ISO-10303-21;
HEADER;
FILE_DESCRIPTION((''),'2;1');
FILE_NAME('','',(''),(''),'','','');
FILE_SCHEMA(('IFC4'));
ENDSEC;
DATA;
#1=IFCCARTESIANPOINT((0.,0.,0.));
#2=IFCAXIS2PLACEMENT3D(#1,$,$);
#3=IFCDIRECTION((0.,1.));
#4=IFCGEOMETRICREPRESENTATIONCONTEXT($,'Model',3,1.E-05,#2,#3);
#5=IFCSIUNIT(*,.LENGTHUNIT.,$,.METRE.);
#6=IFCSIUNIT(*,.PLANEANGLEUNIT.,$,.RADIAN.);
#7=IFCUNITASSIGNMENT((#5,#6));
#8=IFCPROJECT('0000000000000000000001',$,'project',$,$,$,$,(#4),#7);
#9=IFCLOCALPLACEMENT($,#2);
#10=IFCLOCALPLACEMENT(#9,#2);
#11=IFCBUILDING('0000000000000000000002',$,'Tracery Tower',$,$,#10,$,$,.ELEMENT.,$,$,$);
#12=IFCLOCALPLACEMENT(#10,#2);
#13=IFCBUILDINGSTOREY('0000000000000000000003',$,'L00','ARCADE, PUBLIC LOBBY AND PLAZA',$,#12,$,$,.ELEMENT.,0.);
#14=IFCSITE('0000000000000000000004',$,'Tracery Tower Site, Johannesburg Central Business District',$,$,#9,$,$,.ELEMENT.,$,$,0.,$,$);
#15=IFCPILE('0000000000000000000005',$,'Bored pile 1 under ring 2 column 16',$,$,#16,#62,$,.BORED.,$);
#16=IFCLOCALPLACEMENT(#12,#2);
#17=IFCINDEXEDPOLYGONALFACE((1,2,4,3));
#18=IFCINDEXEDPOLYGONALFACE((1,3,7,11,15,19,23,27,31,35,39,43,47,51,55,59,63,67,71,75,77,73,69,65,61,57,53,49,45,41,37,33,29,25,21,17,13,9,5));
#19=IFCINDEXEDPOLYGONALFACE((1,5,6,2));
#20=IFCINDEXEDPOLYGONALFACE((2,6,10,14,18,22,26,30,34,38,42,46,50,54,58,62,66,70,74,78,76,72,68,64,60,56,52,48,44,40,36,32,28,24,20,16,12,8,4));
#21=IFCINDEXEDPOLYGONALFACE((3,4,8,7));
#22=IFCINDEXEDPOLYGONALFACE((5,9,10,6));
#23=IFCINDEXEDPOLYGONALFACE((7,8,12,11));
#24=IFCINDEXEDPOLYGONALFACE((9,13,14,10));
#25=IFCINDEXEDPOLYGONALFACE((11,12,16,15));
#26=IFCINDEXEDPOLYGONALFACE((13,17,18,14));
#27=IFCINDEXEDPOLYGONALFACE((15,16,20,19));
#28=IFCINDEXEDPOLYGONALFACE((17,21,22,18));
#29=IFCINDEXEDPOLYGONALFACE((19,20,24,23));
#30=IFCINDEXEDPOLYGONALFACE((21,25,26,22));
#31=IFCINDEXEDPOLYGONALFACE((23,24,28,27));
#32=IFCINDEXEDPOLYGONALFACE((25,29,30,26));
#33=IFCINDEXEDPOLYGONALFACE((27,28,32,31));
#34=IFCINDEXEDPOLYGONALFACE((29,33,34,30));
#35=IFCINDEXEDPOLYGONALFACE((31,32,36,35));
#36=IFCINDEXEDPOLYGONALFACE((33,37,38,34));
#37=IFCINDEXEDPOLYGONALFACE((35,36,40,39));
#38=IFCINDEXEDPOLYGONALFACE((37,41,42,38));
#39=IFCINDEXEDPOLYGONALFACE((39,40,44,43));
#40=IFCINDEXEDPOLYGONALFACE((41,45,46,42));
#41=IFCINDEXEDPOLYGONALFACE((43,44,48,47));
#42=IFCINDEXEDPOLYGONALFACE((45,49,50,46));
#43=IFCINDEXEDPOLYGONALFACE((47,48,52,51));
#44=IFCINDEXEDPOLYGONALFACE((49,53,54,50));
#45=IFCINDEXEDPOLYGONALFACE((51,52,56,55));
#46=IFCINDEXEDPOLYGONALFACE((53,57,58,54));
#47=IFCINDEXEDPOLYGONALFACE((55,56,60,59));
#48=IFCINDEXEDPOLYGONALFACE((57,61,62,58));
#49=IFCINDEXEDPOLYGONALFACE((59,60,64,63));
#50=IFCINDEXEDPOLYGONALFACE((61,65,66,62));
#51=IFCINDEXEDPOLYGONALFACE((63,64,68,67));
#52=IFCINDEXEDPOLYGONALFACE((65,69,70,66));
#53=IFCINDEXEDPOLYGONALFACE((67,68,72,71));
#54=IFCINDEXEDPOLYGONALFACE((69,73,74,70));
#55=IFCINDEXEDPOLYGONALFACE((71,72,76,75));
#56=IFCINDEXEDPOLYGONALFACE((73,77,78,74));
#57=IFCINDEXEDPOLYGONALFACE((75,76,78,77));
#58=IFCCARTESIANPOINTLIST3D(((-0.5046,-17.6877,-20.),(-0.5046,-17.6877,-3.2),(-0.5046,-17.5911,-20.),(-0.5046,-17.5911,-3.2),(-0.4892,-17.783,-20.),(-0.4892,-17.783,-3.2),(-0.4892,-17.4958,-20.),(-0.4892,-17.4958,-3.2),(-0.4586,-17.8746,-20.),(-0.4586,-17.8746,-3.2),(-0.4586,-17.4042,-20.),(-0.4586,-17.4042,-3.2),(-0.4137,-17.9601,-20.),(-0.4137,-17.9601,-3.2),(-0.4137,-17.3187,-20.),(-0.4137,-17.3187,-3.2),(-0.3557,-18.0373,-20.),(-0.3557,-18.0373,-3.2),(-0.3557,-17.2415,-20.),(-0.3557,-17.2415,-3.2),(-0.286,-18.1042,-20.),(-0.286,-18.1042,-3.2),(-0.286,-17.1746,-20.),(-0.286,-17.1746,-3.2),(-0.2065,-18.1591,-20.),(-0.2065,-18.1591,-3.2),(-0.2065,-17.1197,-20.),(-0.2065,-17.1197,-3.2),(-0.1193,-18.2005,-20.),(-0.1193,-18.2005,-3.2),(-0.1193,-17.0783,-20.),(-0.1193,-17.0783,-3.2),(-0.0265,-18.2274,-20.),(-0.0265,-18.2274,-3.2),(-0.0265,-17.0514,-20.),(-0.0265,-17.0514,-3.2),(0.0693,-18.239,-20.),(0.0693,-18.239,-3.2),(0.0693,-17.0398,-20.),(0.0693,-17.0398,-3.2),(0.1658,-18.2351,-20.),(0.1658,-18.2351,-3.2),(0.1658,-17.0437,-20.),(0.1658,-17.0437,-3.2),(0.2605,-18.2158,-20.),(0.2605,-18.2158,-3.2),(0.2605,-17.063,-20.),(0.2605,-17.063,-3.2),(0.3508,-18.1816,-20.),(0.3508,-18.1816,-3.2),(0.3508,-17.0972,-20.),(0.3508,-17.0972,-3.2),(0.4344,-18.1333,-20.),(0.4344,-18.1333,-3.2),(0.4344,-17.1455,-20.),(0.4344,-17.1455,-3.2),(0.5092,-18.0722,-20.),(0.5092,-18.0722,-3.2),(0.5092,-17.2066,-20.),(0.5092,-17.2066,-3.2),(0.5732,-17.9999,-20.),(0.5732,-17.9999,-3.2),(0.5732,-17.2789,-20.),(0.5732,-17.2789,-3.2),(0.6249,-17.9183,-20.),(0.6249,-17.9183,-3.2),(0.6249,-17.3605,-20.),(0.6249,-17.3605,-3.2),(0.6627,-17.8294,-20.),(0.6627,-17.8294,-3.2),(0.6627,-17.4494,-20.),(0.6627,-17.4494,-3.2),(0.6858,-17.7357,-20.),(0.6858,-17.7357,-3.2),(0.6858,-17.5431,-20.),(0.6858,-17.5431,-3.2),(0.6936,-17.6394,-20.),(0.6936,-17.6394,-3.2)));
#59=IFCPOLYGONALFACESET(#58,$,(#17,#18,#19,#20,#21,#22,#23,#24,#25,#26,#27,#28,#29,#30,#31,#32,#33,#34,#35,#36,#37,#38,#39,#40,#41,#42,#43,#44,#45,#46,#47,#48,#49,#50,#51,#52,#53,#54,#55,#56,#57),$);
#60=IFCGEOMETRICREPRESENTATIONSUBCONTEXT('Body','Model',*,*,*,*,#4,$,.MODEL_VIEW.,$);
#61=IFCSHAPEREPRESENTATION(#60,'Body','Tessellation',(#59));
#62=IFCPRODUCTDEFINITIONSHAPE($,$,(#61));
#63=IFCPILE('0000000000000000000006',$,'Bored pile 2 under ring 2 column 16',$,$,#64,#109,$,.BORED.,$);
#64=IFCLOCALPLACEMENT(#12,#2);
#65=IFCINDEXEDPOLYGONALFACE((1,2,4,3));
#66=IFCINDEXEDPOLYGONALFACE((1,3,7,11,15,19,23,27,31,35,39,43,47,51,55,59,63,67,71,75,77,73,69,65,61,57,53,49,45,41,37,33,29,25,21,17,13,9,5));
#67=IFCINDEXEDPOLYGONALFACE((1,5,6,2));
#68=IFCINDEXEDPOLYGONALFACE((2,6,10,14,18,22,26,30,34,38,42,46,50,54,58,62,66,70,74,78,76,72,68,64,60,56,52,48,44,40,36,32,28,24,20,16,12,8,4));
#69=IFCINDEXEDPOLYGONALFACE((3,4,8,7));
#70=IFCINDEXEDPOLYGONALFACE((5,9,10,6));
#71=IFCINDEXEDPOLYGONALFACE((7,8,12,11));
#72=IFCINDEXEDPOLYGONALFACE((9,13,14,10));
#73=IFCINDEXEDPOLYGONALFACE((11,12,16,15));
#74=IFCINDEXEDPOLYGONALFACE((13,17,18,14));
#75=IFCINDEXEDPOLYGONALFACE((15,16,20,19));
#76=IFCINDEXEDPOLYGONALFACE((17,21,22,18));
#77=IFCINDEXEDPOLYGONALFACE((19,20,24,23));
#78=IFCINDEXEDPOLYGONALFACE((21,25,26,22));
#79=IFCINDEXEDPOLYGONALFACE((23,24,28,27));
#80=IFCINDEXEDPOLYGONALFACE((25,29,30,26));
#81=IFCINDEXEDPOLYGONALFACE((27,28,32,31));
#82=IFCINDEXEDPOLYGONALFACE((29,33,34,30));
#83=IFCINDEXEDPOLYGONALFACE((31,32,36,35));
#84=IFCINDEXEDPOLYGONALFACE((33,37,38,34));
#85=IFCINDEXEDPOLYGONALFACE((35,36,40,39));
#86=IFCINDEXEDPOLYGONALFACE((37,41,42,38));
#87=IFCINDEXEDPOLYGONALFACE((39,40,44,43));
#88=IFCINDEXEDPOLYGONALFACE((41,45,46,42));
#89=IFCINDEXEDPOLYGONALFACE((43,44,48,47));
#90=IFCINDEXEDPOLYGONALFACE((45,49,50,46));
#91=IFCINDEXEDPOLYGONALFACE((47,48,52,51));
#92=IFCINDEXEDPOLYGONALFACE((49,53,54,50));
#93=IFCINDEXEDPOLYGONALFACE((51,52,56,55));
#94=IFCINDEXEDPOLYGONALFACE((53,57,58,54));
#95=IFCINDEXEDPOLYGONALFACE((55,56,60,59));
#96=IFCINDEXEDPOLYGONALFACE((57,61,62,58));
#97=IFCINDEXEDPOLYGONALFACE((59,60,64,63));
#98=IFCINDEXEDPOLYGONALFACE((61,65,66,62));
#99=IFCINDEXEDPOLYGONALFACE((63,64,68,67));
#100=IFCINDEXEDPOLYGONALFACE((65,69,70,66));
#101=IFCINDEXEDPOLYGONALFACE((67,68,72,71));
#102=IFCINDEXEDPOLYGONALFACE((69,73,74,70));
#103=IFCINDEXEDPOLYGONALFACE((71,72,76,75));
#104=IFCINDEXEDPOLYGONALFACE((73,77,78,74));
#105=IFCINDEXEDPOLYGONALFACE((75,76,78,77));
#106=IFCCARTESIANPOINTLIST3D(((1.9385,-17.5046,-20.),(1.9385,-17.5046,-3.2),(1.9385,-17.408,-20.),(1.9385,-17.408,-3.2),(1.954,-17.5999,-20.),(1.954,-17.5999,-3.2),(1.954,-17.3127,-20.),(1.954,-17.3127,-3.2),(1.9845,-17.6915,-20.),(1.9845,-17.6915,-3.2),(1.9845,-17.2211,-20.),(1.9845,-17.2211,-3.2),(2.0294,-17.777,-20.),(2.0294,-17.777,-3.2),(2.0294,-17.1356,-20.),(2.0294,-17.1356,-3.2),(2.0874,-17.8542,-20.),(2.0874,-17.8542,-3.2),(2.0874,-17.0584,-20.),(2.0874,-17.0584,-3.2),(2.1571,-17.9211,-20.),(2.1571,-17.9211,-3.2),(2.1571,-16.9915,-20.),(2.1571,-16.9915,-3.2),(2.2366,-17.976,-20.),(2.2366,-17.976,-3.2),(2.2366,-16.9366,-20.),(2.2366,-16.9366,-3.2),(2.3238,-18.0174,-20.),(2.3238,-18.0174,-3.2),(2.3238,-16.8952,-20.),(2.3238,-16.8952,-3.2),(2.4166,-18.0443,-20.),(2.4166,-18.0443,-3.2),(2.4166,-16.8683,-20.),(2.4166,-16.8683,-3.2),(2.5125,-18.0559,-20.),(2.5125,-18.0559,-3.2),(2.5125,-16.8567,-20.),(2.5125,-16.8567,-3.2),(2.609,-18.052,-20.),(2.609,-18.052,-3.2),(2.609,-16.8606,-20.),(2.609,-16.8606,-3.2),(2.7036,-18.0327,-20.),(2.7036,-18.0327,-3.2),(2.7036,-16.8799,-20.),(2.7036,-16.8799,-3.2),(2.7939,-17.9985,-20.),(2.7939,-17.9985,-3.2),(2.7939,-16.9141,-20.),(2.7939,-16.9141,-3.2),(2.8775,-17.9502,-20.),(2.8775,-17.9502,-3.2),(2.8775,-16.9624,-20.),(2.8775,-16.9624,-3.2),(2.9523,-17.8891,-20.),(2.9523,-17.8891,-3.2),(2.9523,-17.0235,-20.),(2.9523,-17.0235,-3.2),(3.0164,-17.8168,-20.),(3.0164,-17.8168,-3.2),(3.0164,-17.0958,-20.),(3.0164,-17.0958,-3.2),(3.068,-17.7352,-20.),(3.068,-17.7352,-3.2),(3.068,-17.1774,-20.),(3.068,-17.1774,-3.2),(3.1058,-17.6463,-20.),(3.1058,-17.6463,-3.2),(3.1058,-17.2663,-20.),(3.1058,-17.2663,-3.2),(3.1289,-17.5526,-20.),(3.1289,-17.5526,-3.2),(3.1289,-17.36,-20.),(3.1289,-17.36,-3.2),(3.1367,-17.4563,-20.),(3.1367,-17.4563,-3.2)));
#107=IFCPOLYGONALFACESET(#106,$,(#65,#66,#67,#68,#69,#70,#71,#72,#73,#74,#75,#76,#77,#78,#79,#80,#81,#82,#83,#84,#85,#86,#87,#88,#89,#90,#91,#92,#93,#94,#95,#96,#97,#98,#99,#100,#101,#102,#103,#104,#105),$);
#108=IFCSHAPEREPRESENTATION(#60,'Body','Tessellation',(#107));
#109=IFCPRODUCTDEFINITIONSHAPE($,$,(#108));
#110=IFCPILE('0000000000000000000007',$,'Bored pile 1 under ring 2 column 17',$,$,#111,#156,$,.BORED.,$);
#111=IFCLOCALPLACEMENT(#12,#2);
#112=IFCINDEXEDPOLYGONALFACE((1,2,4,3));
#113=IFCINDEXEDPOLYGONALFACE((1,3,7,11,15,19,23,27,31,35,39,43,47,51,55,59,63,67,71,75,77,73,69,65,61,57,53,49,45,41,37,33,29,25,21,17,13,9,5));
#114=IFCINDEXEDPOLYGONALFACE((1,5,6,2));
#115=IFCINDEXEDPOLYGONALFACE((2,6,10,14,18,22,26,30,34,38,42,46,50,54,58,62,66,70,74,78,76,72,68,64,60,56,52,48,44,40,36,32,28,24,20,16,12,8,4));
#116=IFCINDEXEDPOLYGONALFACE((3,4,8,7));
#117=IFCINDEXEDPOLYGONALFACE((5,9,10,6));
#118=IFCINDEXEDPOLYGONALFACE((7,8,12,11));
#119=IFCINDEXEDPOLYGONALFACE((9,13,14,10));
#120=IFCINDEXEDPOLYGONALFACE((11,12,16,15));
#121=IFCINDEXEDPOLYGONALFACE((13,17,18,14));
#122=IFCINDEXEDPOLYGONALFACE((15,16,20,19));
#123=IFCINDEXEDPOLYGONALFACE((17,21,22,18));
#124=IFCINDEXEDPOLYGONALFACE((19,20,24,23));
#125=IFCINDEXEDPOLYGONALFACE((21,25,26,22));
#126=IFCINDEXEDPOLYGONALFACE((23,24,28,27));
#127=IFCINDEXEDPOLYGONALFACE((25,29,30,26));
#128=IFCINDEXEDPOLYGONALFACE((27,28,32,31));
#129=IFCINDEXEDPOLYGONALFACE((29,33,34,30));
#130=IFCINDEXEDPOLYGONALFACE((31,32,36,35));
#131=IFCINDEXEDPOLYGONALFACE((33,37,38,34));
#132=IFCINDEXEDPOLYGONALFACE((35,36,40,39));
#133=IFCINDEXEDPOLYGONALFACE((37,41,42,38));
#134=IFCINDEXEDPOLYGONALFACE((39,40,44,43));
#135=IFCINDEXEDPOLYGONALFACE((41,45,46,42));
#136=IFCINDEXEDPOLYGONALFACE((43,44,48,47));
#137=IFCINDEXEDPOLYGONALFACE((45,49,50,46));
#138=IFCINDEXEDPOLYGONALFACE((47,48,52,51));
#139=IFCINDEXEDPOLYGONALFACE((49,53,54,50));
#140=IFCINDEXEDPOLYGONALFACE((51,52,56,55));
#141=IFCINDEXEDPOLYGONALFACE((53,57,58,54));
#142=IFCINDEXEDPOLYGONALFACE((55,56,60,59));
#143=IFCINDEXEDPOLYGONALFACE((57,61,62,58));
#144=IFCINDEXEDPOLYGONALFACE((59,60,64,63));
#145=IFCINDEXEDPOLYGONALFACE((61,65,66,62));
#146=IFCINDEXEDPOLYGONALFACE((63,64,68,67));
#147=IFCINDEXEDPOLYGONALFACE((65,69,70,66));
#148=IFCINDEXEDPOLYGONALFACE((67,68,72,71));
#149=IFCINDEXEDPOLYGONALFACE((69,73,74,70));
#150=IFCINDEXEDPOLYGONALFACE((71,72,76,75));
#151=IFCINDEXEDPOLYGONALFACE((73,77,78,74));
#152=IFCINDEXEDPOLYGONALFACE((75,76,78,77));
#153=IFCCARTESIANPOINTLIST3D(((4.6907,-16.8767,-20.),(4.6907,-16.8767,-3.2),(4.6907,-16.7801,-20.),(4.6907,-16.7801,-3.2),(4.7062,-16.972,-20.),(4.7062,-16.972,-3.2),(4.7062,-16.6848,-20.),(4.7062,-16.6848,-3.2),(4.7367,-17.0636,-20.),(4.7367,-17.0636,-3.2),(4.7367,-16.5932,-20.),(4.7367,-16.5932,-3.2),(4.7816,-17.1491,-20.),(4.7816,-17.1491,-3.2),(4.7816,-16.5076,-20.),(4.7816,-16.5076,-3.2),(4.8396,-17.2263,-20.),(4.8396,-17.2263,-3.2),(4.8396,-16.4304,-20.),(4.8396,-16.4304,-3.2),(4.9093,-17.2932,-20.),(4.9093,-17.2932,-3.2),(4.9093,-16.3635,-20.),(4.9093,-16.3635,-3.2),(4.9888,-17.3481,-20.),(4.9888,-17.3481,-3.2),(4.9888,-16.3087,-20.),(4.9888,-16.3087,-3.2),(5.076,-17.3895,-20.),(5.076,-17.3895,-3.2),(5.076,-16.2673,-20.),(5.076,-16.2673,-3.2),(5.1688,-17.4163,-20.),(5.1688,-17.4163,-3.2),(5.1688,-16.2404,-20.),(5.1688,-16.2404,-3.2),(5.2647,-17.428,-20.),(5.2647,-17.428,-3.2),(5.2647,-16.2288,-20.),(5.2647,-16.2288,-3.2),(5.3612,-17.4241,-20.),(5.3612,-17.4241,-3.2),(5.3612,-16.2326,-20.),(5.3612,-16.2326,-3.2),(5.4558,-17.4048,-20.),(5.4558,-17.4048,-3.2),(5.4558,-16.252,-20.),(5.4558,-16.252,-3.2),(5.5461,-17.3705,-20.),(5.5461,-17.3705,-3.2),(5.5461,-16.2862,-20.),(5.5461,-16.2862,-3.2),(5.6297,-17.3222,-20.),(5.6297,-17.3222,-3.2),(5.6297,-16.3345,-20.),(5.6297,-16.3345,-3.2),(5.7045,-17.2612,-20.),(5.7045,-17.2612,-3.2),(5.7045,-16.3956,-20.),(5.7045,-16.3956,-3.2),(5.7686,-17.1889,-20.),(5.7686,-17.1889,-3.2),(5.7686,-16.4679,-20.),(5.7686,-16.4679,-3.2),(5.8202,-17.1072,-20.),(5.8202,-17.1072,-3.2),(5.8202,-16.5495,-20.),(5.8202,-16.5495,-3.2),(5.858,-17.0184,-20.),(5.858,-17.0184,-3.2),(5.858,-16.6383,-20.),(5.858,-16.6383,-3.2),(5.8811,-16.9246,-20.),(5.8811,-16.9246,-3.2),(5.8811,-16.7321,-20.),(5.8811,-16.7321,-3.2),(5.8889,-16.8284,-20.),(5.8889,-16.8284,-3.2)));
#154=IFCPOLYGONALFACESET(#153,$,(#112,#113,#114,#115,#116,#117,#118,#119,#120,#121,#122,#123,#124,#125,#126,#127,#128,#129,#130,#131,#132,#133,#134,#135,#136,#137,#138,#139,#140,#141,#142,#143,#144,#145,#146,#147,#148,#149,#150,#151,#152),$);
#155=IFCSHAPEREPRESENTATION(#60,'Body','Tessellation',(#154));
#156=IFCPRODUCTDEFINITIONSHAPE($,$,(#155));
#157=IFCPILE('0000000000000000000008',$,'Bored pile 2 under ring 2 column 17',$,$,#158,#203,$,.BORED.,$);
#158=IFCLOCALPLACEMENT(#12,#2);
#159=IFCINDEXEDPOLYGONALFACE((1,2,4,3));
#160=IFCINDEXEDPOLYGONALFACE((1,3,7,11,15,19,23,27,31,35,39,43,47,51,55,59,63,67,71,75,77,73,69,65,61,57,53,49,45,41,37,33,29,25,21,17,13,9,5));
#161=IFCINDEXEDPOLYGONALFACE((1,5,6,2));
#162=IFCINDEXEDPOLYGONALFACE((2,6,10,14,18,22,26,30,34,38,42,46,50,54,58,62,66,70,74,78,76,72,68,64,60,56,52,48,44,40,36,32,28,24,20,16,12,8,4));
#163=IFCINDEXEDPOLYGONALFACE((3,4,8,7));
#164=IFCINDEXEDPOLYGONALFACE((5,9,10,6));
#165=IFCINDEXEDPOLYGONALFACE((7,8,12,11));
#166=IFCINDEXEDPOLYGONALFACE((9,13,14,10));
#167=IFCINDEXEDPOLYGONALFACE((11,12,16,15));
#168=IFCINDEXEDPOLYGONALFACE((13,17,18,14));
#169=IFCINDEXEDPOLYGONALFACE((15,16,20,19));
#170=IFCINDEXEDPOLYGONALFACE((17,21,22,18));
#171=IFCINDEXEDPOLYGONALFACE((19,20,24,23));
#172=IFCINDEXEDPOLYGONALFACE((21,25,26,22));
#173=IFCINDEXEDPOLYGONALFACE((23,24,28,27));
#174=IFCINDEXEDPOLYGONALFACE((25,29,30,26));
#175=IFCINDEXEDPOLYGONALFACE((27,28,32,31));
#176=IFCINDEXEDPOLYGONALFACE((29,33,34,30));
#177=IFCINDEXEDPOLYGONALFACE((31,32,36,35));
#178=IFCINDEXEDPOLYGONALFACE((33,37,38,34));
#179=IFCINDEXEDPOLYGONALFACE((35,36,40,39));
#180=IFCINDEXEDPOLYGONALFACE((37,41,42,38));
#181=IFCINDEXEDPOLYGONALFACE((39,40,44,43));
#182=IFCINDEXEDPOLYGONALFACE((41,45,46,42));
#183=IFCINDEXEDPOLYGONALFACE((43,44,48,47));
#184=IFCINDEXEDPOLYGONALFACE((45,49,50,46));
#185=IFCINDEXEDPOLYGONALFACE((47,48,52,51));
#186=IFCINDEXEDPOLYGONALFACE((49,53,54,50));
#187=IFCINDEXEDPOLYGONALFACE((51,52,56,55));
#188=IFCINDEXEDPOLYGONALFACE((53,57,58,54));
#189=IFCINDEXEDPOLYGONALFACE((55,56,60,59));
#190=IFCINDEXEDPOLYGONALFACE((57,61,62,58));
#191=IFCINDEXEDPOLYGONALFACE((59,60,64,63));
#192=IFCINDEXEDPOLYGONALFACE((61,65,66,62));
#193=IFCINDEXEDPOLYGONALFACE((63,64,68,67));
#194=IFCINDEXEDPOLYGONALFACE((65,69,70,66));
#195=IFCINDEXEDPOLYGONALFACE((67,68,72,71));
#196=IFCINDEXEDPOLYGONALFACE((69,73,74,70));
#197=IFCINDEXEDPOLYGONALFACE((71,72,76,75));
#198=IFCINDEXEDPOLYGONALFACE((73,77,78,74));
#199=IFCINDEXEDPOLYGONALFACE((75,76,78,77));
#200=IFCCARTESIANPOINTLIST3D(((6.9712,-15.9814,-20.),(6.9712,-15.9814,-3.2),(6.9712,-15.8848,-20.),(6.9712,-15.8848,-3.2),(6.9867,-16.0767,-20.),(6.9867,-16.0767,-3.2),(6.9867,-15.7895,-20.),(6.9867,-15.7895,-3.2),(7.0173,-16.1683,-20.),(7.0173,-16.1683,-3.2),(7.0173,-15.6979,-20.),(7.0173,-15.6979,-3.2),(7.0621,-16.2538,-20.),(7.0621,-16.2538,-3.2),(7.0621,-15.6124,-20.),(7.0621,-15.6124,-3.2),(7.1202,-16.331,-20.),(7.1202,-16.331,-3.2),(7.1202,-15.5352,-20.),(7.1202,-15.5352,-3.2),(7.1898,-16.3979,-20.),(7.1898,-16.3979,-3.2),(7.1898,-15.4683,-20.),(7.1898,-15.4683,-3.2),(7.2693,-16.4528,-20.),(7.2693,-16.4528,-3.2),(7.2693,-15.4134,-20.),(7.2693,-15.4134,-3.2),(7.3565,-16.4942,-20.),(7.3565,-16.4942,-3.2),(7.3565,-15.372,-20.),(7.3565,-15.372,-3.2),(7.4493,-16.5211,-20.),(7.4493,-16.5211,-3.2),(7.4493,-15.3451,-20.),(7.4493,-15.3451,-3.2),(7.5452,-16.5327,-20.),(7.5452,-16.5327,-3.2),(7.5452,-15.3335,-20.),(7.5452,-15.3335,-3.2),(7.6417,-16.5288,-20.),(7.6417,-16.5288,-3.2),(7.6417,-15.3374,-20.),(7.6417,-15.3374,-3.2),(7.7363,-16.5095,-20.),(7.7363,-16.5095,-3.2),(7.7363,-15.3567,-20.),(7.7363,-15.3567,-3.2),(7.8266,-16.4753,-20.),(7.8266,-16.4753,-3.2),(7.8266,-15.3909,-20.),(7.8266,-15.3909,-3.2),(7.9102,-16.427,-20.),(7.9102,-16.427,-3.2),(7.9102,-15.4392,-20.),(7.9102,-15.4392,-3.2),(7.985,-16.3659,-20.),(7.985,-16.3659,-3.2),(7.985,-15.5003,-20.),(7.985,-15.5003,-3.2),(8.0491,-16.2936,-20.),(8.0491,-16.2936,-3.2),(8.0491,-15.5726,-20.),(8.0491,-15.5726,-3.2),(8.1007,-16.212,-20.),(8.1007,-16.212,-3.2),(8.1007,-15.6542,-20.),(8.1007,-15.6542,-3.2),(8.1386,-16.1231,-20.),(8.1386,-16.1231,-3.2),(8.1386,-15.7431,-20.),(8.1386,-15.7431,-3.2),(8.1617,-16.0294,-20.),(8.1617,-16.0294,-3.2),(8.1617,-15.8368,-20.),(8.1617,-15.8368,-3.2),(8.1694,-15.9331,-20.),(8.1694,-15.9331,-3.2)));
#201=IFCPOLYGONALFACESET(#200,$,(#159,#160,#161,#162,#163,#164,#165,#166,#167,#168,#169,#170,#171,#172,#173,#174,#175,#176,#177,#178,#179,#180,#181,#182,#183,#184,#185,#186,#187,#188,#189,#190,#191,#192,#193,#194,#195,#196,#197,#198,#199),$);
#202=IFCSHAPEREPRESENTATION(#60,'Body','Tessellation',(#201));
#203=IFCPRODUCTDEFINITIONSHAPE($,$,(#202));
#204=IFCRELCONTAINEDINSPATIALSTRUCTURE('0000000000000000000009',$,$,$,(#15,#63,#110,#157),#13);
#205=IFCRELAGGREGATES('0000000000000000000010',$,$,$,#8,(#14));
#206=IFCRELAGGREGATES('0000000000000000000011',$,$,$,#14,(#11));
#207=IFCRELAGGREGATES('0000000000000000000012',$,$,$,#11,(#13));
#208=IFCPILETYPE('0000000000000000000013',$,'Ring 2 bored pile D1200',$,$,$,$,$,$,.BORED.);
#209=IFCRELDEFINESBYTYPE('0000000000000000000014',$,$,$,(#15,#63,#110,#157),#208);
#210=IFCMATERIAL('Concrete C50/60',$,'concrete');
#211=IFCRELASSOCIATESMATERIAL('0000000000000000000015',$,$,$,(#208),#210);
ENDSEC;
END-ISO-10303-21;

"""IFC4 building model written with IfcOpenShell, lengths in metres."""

from ifc_helpers import new_model, si_unit, direction, frame, origin, origin_2d, place, context, subcontext, project, spatial, circle, extrude, material, material_profile, profile_set, type_object, element, save


model = new_model("IFC4")

# Units and contexts
model_context = context("Model", 3, precision=1e-05, world=origin(), true_north=direction((0.0, 1.0)))
body_context = subcontext(model_context, "Body", "Model", "MODEL_VIEW")
ifc_project = project(units=[si_unit("LENGTHUNIT", "METRE"), si_unit("PLANEANGLEUNIT", "RADIAN")], contexts=[model_context])

# Site, building, storey
site_placement = place(None, origin())
site = spatial("IfcSite", under=ifc_project, at=site_placement, Name="Tracery Tower Site, Johannesburg Central Business District", CompositionType="ELEMENT", RefElevation=0.0)
building_placement = place(site_placement, origin())
building = spatial("IfcBuilding", under=site, at=building_placement, Name="Tracery Tower", CompositionType="ELEMENT")
storey_placement = place(building_placement, origin())
storey = spatial("IfcBuildingStorey", under=building, at=storey_placement, Name="L00", Description="ARCADE, PUBLIC LOBBY AND PLAZA", CompositionType="ELEMENT", Elevation=0.0)

# Piles
ifc_material_1 = material(Name="Concrete C50/60", Category="concrete")
ifc_material_profile_1 = material_profile(ifc_material_1, circle(Radius=0.6001, at=origin_2d()), Name="RC D1200")
ifc_profile_set_1 = profile_set([ifc_material_profile_1], Name="Concrete C50/60")
pile_type = type_object("IfcPileType", Name="Ring 2 bored pile D1200", PredefinedType="BORED", material=ifc_profile_set_1)
for number, where, z_axis, x_axis, name in (
    (1, (0.0935, -17.6394, -3.2), (0.0, 0.0, -1.0), (1.0, 0.0, 0.0), "Bored pile 1 under ring 2 column 16"),
    (2, (2.5366, -17.4563, -3.2), (0.0, 0.0, -1.0), (1.0, 0.0, 0.0), "Bored pile 2 under ring 2 column 16"),
    (3, (5.2888, -16.8284, -3.2), (0.0, 0.0, -1.0), (1.0, 0.0, 0.0), "Bored pile 1 under ring 2 column 17"),
    (4, (7.5693, -15.9331, -3.2), (0.0, 0.0, -1.0), (1.0, 0.0, 0.0), "Bored pile 2 under ring 2 column 17"),
):
    element("IfcPile", number, at=place(storey_placement, frame(where, z_axis=z_axis, x_axis=x_axis)), inside=storey, type_object=pile_type, Name=name, PredefinedType="BORED", context=body_context, shape_type="SweptSolid", body=[
        extrude(circle(Radius=0.6001, at=origin_2d()), origin(), (0.0, 0.0, 1.0), 16.8),
    ])

save(model, "model.ifc")
